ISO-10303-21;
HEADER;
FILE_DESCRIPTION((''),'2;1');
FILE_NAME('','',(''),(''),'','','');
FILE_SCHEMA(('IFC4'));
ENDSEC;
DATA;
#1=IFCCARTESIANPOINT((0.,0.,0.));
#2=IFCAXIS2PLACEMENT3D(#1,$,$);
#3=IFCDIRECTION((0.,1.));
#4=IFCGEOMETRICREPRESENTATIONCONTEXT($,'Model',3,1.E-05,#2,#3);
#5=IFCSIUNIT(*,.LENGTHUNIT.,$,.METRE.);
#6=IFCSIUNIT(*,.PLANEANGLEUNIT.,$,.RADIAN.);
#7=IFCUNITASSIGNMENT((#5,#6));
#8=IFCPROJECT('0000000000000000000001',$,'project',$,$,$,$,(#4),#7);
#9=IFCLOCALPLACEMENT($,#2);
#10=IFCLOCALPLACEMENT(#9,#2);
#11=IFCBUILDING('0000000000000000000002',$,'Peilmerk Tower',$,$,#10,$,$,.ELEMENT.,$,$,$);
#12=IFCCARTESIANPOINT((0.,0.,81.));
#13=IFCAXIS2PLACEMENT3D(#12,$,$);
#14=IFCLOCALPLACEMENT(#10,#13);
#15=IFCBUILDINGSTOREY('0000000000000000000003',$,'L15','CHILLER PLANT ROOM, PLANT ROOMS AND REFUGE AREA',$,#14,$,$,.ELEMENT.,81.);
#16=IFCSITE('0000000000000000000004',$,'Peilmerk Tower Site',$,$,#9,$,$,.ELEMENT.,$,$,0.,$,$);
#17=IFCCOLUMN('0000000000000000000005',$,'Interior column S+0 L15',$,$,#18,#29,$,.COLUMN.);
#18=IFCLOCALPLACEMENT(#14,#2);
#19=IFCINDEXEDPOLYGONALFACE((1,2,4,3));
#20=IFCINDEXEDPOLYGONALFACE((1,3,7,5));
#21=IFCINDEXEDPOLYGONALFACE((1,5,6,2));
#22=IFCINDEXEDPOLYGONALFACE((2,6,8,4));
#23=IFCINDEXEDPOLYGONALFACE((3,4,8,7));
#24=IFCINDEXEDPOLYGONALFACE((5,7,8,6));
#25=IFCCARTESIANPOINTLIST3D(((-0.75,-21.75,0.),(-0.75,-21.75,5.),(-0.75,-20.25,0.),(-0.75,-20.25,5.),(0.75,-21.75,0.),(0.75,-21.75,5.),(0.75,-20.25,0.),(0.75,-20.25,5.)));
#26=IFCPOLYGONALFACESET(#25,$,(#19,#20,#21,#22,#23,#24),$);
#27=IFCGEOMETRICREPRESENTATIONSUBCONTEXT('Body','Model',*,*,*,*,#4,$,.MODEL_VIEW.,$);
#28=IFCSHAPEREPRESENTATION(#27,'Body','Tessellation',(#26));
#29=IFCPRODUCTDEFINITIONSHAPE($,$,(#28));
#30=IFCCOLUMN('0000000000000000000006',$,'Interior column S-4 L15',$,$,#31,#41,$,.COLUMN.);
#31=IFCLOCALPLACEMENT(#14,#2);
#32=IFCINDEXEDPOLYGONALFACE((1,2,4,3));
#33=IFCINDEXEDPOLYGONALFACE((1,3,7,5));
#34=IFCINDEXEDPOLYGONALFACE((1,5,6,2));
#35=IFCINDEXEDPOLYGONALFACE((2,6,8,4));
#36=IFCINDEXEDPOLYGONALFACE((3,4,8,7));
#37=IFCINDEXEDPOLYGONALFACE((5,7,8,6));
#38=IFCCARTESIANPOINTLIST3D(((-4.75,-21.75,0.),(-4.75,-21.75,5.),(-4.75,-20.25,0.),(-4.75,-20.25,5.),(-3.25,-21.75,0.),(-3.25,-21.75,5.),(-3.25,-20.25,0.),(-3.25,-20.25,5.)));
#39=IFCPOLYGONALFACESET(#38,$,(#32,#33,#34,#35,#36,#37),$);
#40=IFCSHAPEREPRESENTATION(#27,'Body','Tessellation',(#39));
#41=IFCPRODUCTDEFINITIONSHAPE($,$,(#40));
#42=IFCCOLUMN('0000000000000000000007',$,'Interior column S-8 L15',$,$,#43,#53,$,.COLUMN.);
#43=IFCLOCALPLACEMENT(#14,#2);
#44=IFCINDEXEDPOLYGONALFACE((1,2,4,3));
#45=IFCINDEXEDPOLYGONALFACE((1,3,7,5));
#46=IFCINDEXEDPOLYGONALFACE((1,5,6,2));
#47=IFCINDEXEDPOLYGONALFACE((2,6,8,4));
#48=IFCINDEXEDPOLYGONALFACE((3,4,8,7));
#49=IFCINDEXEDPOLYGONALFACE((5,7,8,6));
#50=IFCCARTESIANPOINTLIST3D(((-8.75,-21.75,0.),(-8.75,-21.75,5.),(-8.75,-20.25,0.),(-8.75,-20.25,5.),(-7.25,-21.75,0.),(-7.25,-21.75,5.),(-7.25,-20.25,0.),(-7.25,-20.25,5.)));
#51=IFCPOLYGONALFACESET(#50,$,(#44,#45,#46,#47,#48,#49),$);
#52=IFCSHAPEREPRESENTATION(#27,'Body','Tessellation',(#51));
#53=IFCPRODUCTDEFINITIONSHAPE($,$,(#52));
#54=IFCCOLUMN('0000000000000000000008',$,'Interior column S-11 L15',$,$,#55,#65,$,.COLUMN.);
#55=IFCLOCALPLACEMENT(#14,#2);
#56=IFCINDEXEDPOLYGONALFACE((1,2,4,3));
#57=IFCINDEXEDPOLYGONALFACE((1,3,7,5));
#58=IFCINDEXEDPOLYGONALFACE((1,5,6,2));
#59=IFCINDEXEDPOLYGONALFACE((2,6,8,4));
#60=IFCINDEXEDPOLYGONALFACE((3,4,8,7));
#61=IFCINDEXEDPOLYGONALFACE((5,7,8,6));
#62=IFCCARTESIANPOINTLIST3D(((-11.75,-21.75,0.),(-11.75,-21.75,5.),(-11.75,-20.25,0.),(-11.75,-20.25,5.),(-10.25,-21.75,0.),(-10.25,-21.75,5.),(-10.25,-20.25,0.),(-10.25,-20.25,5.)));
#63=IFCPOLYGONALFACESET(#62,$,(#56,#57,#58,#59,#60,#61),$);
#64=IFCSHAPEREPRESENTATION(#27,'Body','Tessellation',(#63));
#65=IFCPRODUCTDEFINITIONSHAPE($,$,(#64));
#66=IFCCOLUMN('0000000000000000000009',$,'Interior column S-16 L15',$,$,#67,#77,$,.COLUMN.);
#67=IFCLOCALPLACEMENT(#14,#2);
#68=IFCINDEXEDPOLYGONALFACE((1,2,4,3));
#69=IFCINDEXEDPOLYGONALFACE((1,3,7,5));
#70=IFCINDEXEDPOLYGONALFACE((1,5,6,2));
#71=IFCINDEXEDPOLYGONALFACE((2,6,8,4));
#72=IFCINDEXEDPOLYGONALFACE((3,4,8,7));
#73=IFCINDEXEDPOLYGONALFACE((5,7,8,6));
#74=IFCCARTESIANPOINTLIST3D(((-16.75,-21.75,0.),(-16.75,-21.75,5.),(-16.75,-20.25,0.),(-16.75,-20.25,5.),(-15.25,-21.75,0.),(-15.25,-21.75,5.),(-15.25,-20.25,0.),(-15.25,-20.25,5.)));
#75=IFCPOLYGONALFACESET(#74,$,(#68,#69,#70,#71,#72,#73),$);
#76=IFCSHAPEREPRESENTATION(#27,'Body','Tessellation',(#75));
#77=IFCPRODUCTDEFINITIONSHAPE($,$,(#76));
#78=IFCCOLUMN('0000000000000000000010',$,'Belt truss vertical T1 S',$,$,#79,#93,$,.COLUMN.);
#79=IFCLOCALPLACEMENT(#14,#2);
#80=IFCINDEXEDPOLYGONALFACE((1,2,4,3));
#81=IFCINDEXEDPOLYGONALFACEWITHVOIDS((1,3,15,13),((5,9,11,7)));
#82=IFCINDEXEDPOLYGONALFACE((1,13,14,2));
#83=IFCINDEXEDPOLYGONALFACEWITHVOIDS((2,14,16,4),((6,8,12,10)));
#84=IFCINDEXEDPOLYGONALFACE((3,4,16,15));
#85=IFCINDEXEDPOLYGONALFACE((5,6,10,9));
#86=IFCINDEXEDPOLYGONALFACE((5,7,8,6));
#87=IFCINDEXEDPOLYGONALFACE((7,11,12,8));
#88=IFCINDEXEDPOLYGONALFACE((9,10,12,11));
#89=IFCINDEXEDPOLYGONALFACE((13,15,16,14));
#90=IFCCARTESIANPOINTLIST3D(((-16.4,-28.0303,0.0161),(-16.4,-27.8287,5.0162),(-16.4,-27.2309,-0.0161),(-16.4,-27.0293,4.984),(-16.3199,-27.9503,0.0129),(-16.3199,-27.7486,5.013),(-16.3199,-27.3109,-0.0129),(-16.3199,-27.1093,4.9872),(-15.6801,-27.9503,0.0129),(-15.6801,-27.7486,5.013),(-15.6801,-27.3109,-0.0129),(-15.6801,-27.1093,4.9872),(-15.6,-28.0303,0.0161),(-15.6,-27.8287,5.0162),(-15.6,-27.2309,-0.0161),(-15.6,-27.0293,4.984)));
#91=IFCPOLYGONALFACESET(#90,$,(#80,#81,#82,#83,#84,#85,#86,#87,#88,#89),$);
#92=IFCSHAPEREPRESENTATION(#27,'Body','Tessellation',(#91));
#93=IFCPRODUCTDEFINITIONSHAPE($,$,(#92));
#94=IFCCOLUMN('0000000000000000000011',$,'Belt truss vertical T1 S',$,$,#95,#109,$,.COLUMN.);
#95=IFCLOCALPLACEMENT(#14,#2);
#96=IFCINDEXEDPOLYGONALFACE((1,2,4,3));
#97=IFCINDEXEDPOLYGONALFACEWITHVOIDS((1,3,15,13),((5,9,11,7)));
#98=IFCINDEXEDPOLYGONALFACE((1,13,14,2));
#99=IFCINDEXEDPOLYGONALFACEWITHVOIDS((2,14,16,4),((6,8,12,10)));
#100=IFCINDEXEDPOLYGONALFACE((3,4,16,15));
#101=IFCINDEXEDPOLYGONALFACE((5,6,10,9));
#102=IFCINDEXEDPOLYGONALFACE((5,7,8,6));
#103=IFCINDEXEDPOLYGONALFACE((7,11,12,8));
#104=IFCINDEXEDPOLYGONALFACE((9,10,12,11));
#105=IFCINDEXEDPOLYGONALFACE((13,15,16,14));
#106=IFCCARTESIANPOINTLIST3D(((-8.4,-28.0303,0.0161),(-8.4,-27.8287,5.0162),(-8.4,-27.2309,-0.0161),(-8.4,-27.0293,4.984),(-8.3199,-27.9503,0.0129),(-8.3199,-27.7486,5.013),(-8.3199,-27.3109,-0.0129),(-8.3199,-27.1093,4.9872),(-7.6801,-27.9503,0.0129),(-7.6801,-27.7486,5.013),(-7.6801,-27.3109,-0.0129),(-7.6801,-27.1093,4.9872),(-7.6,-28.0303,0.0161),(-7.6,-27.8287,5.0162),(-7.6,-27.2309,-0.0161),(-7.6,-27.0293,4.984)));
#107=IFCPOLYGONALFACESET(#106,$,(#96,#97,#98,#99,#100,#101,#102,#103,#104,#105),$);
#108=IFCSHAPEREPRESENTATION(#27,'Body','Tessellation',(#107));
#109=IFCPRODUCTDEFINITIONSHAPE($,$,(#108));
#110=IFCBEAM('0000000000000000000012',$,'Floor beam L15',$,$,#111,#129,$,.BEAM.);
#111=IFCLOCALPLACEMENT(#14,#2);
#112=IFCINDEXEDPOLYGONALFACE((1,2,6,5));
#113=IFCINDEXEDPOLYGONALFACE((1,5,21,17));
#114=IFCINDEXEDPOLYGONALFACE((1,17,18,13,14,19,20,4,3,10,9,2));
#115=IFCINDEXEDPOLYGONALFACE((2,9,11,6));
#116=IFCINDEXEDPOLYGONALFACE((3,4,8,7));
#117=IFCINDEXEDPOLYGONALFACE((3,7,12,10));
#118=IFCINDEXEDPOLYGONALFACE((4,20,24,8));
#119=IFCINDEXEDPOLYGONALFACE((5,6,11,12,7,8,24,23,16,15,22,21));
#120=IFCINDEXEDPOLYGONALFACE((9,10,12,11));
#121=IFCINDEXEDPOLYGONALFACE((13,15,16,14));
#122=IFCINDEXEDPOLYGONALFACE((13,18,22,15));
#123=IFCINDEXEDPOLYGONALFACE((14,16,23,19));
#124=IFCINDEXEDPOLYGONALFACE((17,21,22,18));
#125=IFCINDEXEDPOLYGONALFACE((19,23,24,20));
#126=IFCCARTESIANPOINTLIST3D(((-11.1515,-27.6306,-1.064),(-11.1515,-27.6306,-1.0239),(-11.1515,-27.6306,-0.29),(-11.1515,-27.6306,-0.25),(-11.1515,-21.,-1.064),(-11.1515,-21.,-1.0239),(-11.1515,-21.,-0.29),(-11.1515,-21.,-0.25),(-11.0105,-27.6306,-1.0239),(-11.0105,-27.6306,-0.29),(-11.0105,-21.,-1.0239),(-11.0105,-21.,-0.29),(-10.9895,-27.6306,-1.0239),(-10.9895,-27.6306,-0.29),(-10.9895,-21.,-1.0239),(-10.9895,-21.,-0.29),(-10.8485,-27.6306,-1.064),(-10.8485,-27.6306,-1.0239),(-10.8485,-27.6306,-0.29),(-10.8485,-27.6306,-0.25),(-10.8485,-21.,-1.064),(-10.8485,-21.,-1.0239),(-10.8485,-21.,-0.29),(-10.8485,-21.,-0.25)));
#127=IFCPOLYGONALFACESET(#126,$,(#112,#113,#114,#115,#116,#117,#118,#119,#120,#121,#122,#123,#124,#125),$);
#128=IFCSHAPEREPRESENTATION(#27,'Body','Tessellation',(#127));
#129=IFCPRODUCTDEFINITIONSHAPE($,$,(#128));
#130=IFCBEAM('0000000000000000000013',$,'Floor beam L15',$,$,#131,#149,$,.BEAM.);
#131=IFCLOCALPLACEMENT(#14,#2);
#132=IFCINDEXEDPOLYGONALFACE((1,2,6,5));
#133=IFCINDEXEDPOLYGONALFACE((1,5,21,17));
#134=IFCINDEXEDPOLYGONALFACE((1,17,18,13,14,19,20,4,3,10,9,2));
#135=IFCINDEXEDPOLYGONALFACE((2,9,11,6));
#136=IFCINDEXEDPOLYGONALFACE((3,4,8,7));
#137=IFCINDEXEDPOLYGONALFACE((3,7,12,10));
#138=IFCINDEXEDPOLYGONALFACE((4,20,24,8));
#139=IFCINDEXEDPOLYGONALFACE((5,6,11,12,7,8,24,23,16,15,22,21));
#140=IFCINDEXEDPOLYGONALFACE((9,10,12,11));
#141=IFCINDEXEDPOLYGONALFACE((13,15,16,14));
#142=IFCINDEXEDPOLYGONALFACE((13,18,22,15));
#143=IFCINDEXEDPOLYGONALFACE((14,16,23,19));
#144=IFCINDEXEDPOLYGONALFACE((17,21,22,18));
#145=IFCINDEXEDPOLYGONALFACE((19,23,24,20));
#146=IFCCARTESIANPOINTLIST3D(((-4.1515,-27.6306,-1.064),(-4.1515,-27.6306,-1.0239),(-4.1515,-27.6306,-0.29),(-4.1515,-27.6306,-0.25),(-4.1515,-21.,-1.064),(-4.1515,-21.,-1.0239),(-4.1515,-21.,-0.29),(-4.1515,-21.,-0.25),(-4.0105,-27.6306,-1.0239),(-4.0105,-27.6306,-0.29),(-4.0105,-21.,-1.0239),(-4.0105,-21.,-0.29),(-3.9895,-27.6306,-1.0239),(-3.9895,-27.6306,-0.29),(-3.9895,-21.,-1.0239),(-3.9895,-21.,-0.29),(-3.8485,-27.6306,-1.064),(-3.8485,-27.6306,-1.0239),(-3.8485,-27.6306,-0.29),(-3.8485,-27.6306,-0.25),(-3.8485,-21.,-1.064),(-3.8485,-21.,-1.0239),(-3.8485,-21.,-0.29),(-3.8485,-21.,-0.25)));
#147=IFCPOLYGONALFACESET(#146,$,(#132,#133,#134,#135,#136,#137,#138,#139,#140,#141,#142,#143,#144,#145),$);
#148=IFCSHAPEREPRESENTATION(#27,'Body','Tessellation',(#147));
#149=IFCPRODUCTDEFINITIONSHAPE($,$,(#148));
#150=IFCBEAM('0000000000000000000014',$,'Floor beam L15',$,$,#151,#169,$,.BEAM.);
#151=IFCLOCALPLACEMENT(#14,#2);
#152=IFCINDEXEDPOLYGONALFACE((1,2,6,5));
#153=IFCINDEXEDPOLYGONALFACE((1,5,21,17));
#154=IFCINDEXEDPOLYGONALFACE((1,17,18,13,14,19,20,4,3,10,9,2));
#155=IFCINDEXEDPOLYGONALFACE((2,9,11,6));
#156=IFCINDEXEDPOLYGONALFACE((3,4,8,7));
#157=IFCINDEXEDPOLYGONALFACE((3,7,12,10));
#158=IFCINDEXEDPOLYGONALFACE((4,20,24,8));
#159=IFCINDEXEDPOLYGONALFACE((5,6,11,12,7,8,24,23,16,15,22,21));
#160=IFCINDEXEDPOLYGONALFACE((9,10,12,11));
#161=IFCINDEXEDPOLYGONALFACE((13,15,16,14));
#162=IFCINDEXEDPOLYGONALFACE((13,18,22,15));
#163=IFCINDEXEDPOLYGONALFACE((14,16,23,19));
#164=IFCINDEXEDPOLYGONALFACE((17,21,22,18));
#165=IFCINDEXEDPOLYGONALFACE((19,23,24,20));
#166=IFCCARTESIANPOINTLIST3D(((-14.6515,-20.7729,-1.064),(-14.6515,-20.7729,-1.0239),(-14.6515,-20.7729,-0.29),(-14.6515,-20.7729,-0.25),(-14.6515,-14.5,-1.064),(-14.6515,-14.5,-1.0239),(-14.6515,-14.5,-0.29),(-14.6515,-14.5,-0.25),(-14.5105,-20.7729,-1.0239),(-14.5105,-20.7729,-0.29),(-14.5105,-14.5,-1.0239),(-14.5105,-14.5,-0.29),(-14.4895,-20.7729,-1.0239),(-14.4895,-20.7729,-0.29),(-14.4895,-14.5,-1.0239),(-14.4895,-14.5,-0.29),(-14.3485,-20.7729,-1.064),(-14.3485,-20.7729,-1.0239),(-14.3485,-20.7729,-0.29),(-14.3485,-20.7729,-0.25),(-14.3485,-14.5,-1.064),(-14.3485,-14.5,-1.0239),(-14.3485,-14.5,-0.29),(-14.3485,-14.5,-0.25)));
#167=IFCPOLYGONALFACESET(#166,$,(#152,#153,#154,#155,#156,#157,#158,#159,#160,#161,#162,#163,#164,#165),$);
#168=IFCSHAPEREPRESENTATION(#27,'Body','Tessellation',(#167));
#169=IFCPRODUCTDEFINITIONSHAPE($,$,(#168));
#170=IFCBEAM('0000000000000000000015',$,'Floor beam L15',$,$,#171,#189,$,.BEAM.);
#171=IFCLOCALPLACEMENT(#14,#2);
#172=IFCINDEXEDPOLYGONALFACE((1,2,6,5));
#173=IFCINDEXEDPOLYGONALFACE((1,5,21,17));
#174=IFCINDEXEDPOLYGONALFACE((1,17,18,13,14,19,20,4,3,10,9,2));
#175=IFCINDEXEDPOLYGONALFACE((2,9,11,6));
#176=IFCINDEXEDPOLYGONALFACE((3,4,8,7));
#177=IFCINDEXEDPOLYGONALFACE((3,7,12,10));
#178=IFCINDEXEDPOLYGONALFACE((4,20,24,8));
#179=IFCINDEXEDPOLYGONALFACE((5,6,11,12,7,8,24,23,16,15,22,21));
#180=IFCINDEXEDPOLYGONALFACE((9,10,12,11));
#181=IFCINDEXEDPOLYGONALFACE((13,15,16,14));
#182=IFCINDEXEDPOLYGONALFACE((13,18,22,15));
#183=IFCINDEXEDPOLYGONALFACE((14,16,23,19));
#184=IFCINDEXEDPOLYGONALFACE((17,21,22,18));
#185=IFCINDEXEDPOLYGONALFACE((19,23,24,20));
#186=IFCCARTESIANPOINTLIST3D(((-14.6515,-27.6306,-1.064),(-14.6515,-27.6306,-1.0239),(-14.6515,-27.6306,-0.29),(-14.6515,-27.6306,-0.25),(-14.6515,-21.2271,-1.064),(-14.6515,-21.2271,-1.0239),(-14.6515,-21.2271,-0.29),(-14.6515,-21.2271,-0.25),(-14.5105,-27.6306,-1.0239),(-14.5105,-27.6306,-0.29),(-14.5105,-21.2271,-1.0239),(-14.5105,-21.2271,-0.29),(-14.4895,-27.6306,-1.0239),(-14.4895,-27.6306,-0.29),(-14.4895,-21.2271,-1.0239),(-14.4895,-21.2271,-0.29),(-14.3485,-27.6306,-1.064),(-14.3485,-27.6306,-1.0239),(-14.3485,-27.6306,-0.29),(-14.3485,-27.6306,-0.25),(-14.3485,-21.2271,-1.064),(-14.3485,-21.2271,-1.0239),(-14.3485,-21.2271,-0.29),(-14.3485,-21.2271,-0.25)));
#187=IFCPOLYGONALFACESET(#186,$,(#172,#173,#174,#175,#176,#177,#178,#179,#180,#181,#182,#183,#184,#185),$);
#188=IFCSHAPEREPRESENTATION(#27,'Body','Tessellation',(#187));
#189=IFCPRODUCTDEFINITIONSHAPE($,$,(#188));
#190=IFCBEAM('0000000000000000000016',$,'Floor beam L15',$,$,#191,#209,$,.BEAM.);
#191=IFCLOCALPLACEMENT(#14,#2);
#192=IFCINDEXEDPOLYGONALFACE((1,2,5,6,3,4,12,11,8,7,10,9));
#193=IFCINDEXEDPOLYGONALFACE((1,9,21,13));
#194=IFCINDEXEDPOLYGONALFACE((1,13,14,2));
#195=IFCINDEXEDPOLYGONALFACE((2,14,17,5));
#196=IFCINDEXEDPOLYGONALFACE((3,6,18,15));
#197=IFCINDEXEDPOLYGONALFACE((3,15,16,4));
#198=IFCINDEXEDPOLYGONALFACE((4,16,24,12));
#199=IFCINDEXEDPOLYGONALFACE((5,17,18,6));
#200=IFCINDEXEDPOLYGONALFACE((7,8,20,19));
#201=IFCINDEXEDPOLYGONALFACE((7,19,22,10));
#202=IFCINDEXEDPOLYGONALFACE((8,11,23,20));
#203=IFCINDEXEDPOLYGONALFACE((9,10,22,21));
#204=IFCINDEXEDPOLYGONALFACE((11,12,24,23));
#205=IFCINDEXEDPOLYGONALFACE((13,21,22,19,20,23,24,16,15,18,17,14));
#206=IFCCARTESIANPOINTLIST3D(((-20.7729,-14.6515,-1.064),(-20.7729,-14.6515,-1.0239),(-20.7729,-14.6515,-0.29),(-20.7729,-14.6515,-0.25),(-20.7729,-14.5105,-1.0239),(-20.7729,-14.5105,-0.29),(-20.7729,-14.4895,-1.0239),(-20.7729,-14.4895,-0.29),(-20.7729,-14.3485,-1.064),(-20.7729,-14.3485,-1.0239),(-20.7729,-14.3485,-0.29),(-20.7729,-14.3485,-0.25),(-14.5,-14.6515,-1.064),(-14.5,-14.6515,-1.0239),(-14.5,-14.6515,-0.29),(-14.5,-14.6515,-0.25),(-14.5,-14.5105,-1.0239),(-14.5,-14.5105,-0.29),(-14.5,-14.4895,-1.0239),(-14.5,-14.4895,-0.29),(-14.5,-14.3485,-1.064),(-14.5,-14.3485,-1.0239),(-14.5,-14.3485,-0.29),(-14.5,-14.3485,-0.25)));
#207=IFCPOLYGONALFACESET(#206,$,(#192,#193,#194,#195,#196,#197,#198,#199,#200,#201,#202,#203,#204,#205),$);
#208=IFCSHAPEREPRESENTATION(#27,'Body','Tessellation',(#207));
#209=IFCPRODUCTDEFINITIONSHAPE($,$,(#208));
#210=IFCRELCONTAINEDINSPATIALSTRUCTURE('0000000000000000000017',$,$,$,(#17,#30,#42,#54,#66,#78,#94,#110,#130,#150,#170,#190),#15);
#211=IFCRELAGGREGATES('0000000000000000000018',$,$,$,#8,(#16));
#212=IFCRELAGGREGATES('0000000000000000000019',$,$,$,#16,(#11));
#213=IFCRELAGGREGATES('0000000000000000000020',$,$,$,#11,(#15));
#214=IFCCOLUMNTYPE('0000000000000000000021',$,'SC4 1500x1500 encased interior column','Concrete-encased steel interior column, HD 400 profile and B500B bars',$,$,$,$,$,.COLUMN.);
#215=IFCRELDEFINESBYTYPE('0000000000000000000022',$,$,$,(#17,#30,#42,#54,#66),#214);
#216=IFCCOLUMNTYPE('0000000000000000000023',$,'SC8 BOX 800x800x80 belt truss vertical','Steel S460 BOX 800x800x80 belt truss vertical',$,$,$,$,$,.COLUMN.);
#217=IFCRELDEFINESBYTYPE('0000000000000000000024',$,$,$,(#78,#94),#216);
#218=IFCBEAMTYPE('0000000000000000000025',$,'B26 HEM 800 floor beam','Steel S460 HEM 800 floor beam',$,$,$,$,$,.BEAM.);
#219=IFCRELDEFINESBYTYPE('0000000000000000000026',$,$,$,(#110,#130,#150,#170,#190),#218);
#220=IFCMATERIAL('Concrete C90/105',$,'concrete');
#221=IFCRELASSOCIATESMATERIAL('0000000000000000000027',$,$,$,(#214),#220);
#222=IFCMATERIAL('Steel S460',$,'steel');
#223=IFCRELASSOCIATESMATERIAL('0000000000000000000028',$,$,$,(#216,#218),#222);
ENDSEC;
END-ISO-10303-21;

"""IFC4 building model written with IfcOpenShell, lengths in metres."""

from ifc_helpers import new_model, si_unit, direction, frame, origin, origin_2d, place, context, subcontext, project, spatial, rectangle, hollow_rectangle, i_section, extrude, material, material_profile, profile_set, type_object, element, save


model = new_model("IFC4")

# Units and contexts
model_context = context("Model", 3, precision=1e-05, world=origin(), true_north=direction((0.0, 1.0)))
body_context = subcontext(model_context, "Body", "Model", "MODEL_VIEW")
ifc_project = project(units=[si_unit("LENGTHUNIT", "METRE"), si_unit("PLANEANGLEUNIT", "RADIAN")], contexts=[model_context])

# Site, building, storey
site_placement = place(None, origin())
site = spatial("IfcSite", under=ifc_project, at=site_placement, Name="Peilmerk Tower Site", CompositionType="ELEMENT", RefElevation=0.0)
building_placement = place(site_placement, origin())
building = spatial("IfcBuilding", under=site, at=building_placement, Name="Peilmerk Tower", CompositionType="ELEMENT")
storey_placement = place(building_placement, frame((0.0, 0.0, 81.0)))
storey = spatial("IfcBuildingStorey", under=building, at=storey_placement, Name="L15", Description="CHILLER PLANT ROOM, PLANT ROOMS AND REFUGE AREA", CompositionType="ELEMENT", Elevation=81.0)

# Columns
ifc_material_1 = material(Name="Concrete C90/105", Category="concrete")
ifc_material_profile_1 = material_profile(ifc_material_1, rectangle(XDim=1.5, YDim=1.5, at=origin_2d()), Name="RC 1500x1500")
ifc_profile_set_1 = profile_set([ifc_material_profile_1], Name="Concrete C90/105")
column_type_1 = type_object("IfcColumnType", Name="SC4 1500x1500 encased interior column", Description="Concrete-encased steel interior column, HD 400 profile and B500B bars", PredefinedType="COLUMN", material=ifc_profile_set_1)
for number, where, z_axis, x_axis, name in (
    (1, (0.0, -21.0, 0.0), (0.0, 0.0, 1.0), (1.0, 0.0, 0.0), "Interior column S+0 L15"),
    (2, (-4.0, -21.0, 0.0), (0.0, 0.0, 1.0), (1.0, 0.0, 0.0), "Interior column S-4 L15"),
    (3, (-8.0, -21.0, 0.0), (0.0, 0.0, 1.0), (1.0, 0.0, 0.0), "Interior column S-8 L15"),
    (4, (-11.0, -21.0, 0.0), (0.0, 0.0, 1.0), (1.0, 0.0, 0.0), "Interior column S-11 L15"),
    (5, (-16.0, -21.0, 0.0), (0.0, 0.0, 1.0), (1.0, 0.0, 0.0), "Interior column S-16 L15"),
):
    element("IfcColumn", number, at=place(storey_placement, frame(where, z_axis=z_axis, x_axis=x_axis)), inside=storey, type_object=column_type_1, Name=name, PredefinedType="COLUMN", context=body_context, shape_type="SweptSolid", body=[
        extrude(rectangle(XDim=1.5, YDim=1.5, at=origin_2d()), origin(), (0.0, 0.0, 1.0), 5.0),
    ])
ifc_material_2 = material(Name="Steel S460", Category="steel")
ifc_material_profile_2 = material_profile(ifc_material_2, hollow_rectangle(XDim=0.8, YDim=0.8, WallThickness=0.0801, at=origin_2d()), Name="BOX 800x800x80")
ifc_profile_set_2 = profile_set([ifc_material_profile_2], Name="Steel S460")
column_type_2 = type_object("IfcColumnType", Name="SC8 BOX 800x800x80 belt truss vertical", Description="Steel S460 BOX 800x800x80 belt truss vertical", PredefinedType="COLUMN", material=ifc_profile_set_2)
for number, where, z_axis, x_axis, name in (
    (6, (-16.0, -27.6306, 0.0), (0.0, 0.040299, 0.999188), (-1.0, 0.0, 0.0), "Belt truss vertical T1 S"),
    (7, (-8.0, -27.6306, 0.0), (0.0, 0.040299, 0.999188), (-1.0, 0.0, 0.0), "Belt truss vertical T1 S"),
):
    element("IfcColumn", number, at=place(storey_placement, frame(where, z_axis=z_axis, x_axis=x_axis)), inside=storey, type_object=column_type_2, Name=name, PredefinedType="COLUMN", context=body_context, shape_type="SweptSolid", body=[
        extrude(hollow_rectangle(XDim=0.8, YDim=0.8, WallThickness=0.0801, at=origin_2d()), origin(), (0.0, 0.0, 1.0), 5.0042),
    ])

# Beams
ifc_material_profile_3 = material_profile(ifc_material_2, i_section(OverallWidth=0.303, OverallDepth=0.814, WebThickness=0.021, FlangeThickness=0.04, at=origin_2d()), Name="HEM 800")
ifc_profile_set_3 = profile_set([ifc_material_profile_3], Name="Steel S460")
beam_type_1 = type_object("IfcBeamType", Name="B26 HEM 800 floor beam", Description="Steel S460 HEM 800 floor beam", PredefinedType="BEAM", material=ifc_profile_set_3)
for number, where, z_axis, x_axis, name in (
    (8, (-11.0, -21.0, -0.657), (0.0, -1.0, 0.0), (1.0, 0.0, 0.0), "Floor beam L15"),
    (9, (-4.0, -21.0, -0.657), (0.0, -1.0, 0.0), (1.0, 0.0, 0.0), "Floor beam L15"),
):
    element("IfcBeam", number, at=place(storey_placement, frame(where, z_axis=z_axis, x_axis=x_axis)), inside=storey, type_object=beam_type_1, Name=name, PredefinedType="BEAM", context=body_context, shape_type="SweptSolid", body=[
        extrude(i_section(OverallWidth=0.303, OverallDepth=0.814, WebThickness=0.021, FlangeThickness=0.04, at=origin_2d()), origin(), (0.0, 0.0, 1.0), 6.6306),
    ])
beam_1_placement = place(storey_placement, frame((-14.5, -14.5, -0.657), z_axis=(0.0, -1.0, 0.0), x_axis=(1.0, 0.0, 0.0)))
element("IfcBeam", 10, at=beam_1_placement, inside=storey, type_object=beam_type_1, Name="Floor beam L15", PredefinedType="BEAM", context=body_context, shape_type="SweptSolid", body=[
    extrude(i_section(OverallWidth=0.303, OverallDepth=0.814, WebThickness=0.021, FlangeThickness=0.04, at=origin_2d()), origin(), (0.0, 0.0, 1.0), 6.2729),
])
beam_2_placement = place(storey_placement, frame((-14.5, -21.2271, -0.657), z_axis=(0.0, -1.0, 0.0), x_axis=(1.0, 0.0, 0.0)))
element("IfcBeam", 11, at=beam_2_placement, inside=storey, type_object=beam_type_1, Name="Floor beam L15", PredefinedType="BEAM", context=body_context, shape_type="SweptSolid", body=[
    extrude(i_section(OverallWidth=0.303, OverallDepth=0.814, WebThickness=0.021, FlangeThickness=0.04, at=origin_2d()), origin(), (0.0, 0.0, 1.0), 6.4036),
])
beam_3_placement = place(storey_placement, frame((-14.5, -14.5, -0.657), z_axis=(-1.0, 0.0, 0.0), x_axis=(0.0, -1.0, 0.0)))
element("IfcBeam", 12, at=beam_3_placement, inside=storey, type_object=beam_type_1, Name="Floor beam L15", PredefinedType="BEAM", context=body_context, shape_type="SweptSolid", body=[
    extrude(i_section(OverallWidth=0.303, OverallDepth=0.814, WebThickness=0.021, FlangeThickness=0.04, at=origin_2d()), origin(), (0.0, 0.0, 1.0), 6.2729),
])

save(model, "model.ifc")
